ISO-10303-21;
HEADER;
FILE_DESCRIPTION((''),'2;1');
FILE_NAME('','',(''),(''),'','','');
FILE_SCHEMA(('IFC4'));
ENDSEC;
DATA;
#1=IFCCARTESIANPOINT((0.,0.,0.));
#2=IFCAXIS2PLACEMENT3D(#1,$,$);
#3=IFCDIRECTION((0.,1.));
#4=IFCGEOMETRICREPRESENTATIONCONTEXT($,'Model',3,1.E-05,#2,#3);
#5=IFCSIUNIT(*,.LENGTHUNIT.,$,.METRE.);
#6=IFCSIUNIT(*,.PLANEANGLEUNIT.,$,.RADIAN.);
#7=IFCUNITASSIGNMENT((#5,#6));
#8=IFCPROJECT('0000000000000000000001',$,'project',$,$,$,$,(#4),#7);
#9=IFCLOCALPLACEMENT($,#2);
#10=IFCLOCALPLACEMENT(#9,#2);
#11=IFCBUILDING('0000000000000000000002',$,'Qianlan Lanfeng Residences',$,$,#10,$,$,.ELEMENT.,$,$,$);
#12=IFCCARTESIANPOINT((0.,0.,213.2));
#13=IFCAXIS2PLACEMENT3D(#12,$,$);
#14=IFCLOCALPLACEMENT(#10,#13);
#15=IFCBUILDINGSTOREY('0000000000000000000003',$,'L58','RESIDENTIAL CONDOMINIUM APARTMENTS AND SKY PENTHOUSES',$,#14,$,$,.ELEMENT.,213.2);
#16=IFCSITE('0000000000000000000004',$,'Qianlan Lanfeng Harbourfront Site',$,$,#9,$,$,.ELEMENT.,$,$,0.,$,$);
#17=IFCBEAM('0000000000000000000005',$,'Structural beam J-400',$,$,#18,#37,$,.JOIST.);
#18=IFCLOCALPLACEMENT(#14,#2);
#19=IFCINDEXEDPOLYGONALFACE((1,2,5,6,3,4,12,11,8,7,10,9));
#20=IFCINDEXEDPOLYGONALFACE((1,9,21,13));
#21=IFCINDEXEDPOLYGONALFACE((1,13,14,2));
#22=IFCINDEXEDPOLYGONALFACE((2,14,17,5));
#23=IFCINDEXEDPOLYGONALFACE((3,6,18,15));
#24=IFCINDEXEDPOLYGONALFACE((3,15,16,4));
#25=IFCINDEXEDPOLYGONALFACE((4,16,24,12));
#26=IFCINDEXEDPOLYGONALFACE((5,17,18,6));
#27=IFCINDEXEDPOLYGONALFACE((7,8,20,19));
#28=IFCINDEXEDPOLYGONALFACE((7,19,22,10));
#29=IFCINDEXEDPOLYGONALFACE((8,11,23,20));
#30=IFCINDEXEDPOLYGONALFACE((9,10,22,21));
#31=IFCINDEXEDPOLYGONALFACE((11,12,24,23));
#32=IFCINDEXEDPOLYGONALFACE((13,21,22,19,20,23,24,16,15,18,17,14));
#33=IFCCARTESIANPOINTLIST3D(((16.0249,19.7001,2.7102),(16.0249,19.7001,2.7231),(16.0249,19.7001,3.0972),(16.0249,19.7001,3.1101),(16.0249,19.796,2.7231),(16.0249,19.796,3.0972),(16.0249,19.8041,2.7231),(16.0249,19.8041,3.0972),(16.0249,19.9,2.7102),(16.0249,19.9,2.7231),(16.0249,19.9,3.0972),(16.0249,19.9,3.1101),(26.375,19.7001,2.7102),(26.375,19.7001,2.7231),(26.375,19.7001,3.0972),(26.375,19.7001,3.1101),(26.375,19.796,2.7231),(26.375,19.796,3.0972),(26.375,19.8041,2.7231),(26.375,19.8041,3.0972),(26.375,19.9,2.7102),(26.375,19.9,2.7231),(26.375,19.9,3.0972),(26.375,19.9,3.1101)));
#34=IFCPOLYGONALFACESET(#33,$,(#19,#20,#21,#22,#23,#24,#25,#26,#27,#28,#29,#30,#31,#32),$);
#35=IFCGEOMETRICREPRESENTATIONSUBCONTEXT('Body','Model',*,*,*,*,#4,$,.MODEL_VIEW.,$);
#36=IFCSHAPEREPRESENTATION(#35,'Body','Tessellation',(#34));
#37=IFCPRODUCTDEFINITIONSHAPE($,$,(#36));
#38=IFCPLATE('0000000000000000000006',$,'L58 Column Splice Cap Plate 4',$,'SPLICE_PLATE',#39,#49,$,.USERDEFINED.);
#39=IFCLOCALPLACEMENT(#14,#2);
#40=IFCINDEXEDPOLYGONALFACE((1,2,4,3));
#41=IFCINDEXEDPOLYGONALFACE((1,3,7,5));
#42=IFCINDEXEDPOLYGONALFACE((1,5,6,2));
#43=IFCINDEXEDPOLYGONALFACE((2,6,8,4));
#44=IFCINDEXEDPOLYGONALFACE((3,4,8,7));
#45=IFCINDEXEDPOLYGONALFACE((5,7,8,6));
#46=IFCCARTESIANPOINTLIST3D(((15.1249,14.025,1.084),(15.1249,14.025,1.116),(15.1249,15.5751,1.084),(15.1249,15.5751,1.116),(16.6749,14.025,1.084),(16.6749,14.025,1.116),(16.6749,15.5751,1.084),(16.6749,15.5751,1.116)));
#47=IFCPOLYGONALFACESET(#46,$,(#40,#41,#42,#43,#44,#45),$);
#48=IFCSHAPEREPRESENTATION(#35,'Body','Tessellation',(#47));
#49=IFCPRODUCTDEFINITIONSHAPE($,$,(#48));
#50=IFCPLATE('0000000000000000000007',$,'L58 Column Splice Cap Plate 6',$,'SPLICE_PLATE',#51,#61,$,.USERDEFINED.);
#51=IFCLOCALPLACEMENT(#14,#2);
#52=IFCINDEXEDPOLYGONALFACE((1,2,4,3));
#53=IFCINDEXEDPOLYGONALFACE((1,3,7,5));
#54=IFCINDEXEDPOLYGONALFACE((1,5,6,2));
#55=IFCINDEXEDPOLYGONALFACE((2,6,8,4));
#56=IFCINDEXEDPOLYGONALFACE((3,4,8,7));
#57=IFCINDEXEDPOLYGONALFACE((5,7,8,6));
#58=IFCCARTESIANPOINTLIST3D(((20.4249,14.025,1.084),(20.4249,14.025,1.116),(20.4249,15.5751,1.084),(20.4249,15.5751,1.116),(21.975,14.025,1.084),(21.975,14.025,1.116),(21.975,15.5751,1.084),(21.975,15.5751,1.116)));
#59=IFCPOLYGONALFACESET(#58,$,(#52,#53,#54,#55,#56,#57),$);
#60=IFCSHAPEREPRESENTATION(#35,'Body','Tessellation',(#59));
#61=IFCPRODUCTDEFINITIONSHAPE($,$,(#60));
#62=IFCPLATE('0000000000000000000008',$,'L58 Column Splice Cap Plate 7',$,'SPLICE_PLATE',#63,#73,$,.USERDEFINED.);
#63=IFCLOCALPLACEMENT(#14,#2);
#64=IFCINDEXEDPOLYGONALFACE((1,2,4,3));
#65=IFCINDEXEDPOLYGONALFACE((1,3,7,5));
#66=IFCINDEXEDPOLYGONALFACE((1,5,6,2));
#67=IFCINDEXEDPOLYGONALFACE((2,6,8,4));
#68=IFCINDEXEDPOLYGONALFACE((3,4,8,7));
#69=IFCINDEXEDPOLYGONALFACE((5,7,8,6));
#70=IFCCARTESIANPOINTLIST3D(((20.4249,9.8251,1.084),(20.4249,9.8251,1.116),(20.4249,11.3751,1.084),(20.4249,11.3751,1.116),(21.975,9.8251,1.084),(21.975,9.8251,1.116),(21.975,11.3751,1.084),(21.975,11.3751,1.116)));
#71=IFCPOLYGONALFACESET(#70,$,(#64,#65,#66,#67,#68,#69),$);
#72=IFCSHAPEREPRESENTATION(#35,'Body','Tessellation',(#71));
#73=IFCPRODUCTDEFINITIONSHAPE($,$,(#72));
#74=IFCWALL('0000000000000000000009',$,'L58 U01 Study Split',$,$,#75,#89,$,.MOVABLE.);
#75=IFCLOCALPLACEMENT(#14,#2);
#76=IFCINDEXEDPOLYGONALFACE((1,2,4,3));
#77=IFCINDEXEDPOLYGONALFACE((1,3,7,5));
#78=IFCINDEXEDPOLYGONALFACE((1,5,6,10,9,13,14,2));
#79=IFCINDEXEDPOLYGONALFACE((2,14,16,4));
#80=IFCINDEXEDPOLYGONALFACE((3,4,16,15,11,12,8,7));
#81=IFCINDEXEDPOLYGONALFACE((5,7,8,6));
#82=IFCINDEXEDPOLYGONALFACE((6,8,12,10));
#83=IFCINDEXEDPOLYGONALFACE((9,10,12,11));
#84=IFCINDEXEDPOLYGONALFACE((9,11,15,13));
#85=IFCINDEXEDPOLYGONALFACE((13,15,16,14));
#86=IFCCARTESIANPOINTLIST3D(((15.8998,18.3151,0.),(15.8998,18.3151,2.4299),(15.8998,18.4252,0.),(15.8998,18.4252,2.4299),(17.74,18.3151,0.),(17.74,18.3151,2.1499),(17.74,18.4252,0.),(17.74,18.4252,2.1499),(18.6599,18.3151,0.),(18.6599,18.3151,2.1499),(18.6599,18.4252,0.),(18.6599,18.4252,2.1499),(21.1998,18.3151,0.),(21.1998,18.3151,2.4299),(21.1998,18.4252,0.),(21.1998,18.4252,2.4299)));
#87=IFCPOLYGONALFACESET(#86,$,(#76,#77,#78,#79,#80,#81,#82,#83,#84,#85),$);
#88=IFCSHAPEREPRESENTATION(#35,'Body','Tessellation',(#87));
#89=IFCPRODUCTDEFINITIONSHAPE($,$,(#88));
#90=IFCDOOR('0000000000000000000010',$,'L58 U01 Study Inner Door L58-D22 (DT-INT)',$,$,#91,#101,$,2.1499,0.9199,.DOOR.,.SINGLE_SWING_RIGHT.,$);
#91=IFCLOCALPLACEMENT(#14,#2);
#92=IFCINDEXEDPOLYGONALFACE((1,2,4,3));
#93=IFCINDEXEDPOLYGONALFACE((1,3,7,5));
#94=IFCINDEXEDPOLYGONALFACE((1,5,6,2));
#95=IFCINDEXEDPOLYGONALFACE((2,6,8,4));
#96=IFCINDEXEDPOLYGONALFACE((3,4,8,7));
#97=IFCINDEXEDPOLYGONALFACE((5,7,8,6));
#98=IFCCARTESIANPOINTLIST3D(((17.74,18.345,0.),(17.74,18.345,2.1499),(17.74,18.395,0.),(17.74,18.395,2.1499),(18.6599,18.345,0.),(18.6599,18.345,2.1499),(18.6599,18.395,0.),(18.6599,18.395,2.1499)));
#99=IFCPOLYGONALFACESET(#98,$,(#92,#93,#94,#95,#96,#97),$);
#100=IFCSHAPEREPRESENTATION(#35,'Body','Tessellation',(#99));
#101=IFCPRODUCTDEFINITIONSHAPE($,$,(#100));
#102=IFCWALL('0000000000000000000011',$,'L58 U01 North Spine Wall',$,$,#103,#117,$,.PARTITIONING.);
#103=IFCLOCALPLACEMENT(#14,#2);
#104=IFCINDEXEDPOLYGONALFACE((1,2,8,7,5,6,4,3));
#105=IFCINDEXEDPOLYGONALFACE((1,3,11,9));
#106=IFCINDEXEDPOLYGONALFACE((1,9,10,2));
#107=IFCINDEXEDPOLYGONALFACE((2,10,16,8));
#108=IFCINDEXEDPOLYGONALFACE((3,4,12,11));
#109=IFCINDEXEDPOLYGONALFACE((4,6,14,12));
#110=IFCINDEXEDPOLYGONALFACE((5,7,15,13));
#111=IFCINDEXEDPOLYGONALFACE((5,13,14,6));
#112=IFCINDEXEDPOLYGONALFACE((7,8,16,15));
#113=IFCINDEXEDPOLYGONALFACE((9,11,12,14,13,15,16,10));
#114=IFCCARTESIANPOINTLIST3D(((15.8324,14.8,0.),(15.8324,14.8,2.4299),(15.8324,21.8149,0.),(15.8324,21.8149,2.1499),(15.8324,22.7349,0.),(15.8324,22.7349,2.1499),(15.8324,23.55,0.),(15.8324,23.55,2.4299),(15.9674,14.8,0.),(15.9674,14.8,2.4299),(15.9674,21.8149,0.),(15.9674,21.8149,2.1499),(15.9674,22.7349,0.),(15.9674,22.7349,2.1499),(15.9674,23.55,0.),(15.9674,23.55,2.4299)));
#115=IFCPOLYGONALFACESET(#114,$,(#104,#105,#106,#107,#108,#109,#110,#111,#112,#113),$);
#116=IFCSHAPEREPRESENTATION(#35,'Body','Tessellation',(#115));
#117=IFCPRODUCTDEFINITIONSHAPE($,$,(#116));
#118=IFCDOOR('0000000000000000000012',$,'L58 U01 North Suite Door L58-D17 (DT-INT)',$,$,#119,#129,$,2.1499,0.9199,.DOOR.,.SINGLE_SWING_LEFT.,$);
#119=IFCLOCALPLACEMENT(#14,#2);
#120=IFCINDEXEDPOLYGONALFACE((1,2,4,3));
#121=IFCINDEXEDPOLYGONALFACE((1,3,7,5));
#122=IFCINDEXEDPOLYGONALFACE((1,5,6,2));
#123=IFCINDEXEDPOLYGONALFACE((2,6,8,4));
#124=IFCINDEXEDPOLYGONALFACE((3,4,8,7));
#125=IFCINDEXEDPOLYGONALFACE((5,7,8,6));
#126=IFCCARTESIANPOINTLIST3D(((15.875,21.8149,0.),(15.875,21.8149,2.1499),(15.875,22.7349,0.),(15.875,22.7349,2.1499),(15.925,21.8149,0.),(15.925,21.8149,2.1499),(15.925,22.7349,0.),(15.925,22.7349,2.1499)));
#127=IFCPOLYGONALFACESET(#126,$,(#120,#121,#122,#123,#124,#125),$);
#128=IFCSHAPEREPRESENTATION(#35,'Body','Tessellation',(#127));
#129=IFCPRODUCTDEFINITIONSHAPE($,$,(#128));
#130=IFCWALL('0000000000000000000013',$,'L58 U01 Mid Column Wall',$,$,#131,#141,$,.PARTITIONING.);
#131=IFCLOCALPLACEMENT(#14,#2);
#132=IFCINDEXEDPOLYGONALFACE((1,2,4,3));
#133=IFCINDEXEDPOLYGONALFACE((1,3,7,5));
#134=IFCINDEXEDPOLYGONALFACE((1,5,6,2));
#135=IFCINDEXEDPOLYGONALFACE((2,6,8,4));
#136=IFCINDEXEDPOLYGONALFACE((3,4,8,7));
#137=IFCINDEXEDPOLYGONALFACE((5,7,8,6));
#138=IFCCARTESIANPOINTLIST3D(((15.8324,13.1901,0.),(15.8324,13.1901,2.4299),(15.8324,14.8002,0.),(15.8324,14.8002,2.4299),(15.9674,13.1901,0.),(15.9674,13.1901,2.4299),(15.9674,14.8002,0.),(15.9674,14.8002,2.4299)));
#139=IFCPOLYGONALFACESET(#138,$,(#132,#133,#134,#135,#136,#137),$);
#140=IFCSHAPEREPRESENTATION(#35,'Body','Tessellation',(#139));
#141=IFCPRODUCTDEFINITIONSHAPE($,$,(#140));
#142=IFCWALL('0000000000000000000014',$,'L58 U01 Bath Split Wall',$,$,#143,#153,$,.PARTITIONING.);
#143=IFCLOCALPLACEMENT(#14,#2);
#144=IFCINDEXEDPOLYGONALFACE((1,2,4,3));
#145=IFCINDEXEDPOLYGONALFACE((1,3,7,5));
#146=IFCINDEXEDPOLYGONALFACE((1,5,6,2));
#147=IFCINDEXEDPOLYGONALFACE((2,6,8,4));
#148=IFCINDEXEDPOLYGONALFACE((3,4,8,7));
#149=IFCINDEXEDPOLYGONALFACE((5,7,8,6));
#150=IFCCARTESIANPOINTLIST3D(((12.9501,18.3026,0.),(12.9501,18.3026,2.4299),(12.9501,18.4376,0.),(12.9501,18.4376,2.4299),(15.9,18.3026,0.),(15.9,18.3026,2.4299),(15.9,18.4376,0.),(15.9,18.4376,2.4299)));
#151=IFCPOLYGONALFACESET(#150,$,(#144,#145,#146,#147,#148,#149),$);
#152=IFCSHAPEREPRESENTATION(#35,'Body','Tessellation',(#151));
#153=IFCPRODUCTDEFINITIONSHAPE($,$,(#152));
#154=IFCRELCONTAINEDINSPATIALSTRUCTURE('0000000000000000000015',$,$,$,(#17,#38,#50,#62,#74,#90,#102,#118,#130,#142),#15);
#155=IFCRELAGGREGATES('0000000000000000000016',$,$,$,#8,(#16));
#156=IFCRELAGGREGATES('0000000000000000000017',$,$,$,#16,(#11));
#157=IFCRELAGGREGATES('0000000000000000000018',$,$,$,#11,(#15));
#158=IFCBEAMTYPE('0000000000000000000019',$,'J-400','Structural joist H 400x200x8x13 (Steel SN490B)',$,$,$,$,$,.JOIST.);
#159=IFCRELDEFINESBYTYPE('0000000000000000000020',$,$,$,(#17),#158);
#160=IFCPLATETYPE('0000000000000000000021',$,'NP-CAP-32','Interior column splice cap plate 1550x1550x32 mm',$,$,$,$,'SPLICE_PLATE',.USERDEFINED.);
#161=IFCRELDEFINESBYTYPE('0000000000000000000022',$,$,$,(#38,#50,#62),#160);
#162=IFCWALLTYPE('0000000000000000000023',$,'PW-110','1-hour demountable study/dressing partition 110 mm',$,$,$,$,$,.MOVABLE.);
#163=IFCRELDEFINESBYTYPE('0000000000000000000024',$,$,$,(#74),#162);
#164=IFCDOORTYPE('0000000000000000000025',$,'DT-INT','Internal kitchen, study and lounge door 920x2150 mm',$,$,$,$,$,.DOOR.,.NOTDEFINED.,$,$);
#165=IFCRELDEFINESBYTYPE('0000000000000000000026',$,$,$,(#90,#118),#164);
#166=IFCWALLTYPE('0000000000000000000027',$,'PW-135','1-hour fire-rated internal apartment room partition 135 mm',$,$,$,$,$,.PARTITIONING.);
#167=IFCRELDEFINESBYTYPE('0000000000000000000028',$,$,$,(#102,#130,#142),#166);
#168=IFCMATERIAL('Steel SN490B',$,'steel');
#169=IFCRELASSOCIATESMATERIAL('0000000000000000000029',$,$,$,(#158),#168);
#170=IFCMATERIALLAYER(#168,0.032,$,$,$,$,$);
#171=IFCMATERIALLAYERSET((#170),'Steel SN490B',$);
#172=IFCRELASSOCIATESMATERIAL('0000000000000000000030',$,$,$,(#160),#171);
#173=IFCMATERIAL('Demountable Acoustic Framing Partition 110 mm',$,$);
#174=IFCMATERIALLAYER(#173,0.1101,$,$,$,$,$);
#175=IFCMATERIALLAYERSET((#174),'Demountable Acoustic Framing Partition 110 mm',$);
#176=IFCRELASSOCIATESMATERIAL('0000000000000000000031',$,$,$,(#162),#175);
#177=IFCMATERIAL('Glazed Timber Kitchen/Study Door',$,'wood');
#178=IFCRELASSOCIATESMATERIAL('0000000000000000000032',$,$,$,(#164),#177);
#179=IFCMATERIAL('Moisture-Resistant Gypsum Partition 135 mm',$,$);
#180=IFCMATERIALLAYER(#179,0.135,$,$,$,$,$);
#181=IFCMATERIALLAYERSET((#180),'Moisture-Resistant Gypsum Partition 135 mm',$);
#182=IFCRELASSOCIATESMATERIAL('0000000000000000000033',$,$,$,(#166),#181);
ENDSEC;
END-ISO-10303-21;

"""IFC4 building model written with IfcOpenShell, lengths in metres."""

from ifc_helpers import new_model, si_unit, direction, frame, frame_2d, origin, origin_2d, place, context, subcontext, project, spatial, rectangle, i_section, extrude, source, transform, mapped, material, layer, layer_set, material_profile, profile_set, type_object, element, fill, save


model = new_model("IFC4")

# Units and contexts
model_context = context("Model", 3, precision=1e-05, world=origin(), true_north=direction((0.0, 1.0)))
body_context = subcontext(model_context, "Body", "Model", "MODEL_VIEW")
ifc_project = project(units=[si_unit("LENGTHUNIT", "METRE"), si_unit("PLANEANGLEUNIT", "RADIAN")], contexts=[model_context])

# Site, building, storey
site_placement = place(None, origin())
site = spatial("IfcSite", under=ifc_project, at=site_placement, Name="Qianlan Lanfeng Harbourfront Site", CompositionType="ELEMENT", RefElevation=0.0)
building_placement = place(site_placement, origin())
building = spatial("IfcBuilding", under=site, at=building_placement, Name="Qianlan Lanfeng Residences", CompositionType="ELEMENT")
storey_placement = place(building_placement, frame((0.0, 0.0, 213.2)))
storey = spatial("IfcBuildingStorey", under=building, at=storey_placement, Name="L58", Description="RESIDENTIAL CONDOMINIUM APARTMENTS AND SKY PENTHOUSES", CompositionType="ELEMENT", Elevation=213.2)

# Shared definitions
ifc_material_1 = material(Name="Steel SN490B", Category="steel")

# Beam
ifc_material_profile_1 = material_profile(ifc_material_1, i_section(OverallWidth=0.2, OverallDepth=0.3999, WebThickness=0.0081, FlangeThickness=0.0129, at=origin_2d()), Name="H 400x200x8x13")
ifc_profile_set_1 = profile_set([ifc_material_profile_1], Name="Steel SN490B")
beam_type_1 = type_object("IfcBeamType", Name="J-400", Description="Structural joist H 400x200x8x13 (Steel SN490B)", PredefinedType="JOIST", material=ifc_profile_set_1)
beam_1_placement = place(storey_placement, frame((16.0249, 19.8, 2.9102), z_axis=(1.0, 0.0, 0.0), x_axis=(0.0, 1.0, 0.0)))
element("IfcBeam", 1, at=beam_1_placement, inside=storey, type_object=beam_type_1, Name="Structural beam J-400", PredefinedType="JOIST", context=body_context, shape_type="SweptSolid", body=[
    extrude(i_section(OverallWidth=0.2, OverallDepth=0.3999, WebThickness=0.0081, FlangeThickness=0.0129, at=origin_2d()), origin(), (0.0, 0.0, 1.0), 10.3501),
])

# Plates
ifc_layer_1 = layer(ifc_material_1, 0.032)
ifc_layer_set_1 = layer_set([ifc_layer_1], Name="Steel SN490B")
plate_type = type_object("IfcPlateType", Name="NP-CAP-32", Description="Interior column splice cap plate 1550x1550x32 mm", ElementType="SPLICE_PLATE", PredefinedType="USERDEFINED", material=ifc_layer_set_1)
shared_shape = source(origin(), body_context, "Body", "SweptSolid", [
    extrude(rectangle(XDim=1.55, YDim=1.55, at=origin_2d()), origin(), (0.0, 0.0, 1.0), 0.032),
])
for number, where, z_axis, x_axis, name in (
    (2, (15.8999, 14.8, 1.084), (0.0, 0.0, 1.0), (1.0, 0.0, 0.0), "L58 Column Splice Cap Plate 4"),
    (3, (21.2, 14.8, 1.084), (0.0, 0.0, 1.0), (1.0, 0.0, 0.0), "L58 Column Splice Cap Plate 6"),
    (4, (21.2, 10.6001, 1.084), (0.0, 0.0, 1.0), (1.0, 0.0, 0.0), "L58 Column Splice Cap Plate 7"),
):
    element("IfcPlate", number, at=place(storey_placement, frame(where, z_axis=z_axis, x_axis=x_axis)), inside=storey, type_object=plate_type, Name=name, ObjectType="SPLICE_PLATE", PredefinedType="USERDEFINED", context=body_context, shape_type="MappedRepresentation", body=[
        mapped(shared_shape, transform((0.0, 0.0, 0.0), scale=1.0)),
    ])

# Walls, openings, doors
ifc_material_2 = material(Name="Demountable Acoustic Framing Partition 110 mm")
ifc_layer_2 = layer(ifc_material_2, 0.1101)
ifc_layer_set_2 = layer_set([ifc_layer_2], Name="Demountable Acoustic Framing Partition 110 mm")
wall_type_1 = type_object("IfcWallType", Name="PW-110", Description="1-hour demountable study/dressing partition 110 mm", PredefinedType="MOVABLE", material=ifc_layer_set_2)
wall_1_placement = place(storey_placement, frame((15.8999, 18.3701, 0.0), z_axis=(0.0, 0.0, 1.0), x_axis=(1.0, 0.0, 0.0)))
wall_1 = element("IfcWall", 5, at=wall_1_placement, inside=storey, type_object=wall_type_1, Name="L58 U01 Study Split", PredefinedType="MOVABLE", context=body_context, shape_type="SweptSolid", body=[
    extrude(rectangle(XDim=5.3, YDim=0.1101, at=frame_2d((2.6499, 0.0))), origin(), (0.0, 0.0, 1.0), 2.4299),
])
opening_1_placement = place(wall_1_placement, frame((1.8401, 0.0, 0.0)))
opening_1 = element("IfcOpeningElement", 6, at=opening_1_placement, cuts=wall_1, PredefinedType="OPENING", context=body_context, shape_type="SweptSolid", body=[
    extrude(rectangle(XDim=0.9199, YDim=2.1499, at=frame_2d((0.46, 1.075))), frame((0.0, 0.0649, 0.0), z_axis=(0.0, -1.0, 0.0), x_axis=(1.0, 0.0, 0.0)), (0.0, 0.0, 1.0), 0.1301),
])
ifc_material_3 = material(Name="Glazed Timber Kitchen/Study Door", Category="wood")
door_type_1 = type_object("IfcDoorType", Name="DT-INT", Description="Internal kitchen, study and lounge door 920x2150 mm", OperationType="NOTDEFINED", PredefinedType="DOOR", material=ifc_material_3)
door_1_placement = place(opening_1_placement, origin())
door_1 = element("IfcDoor", 7, at=door_1_placement, inside=storey, type_object=door_type_1, Name="L58 U01 Study Inner Door L58-D22 (DT-INT)", OperationType="SINGLE_SWING_RIGHT", OverallHeight=2.1499, OverallWidth=0.9199, PredefinedType="DOOR", context=body_context, shape_type="SweptSolid", body=[
    extrude(rectangle(XDim=0.9199, YDim=2.1499, at=frame_2d((0.46, 1.075))), frame((0.0, 0.0249, 0.0), z_axis=(0.0, -1.0, 0.0), x_axis=(1.0, 0.0, 0.0)), (0.0, 0.0, 1.0), 0.05),
])
fill(opening_1, door_1)
ifc_material_4 = material(Name="Moisture-Resistant Gypsum Partition 135 mm")
ifc_layer_3 = layer(ifc_material_4, 0.135)
ifc_layer_set_3 = layer_set([ifc_layer_3], Name="Moisture-Resistant Gypsum Partition 135 mm")
wall_type_2 = type_object("IfcWallType", Name="PW-135", Description="1-hour fire-rated internal apartment room partition 135 mm", PredefinedType="PARTITIONING", material=ifc_layer_set_3)
wall_2_placement = place(storey_placement, frame((15.8999, 14.8, 0.0), z_axis=(0.0, 0.0, 1.0), x_axis=(0.0, 1.0, 0.0)))
wall_2 = element("IfcWall", 8, at=wall_2_placement, inside=storey, type_object=wall_type_2, Name="L58 U01 North Spine Wall", PredefinedType="PARTITIONING", context=body_context, shape_type="SweptSolid", body=[
    extrude(rectangle(XDim=8.75, YDim=0.135, at=frame_2d((4.375, 0.0))), origin(), (0.0, 0.0, 1.0), 2.4299),
])
opening_2_placement = place(wall_2_placement, frame((7.0149, 0.0, 0.0)))
opening_2 = element("IfcOpeningElement", 9, at=opening_2_placement, cuts=wall_2, PredefinedType="OPENING", context=body_context, shape_type="SweptSolid", body=[
    extrude(rectangle(XDim=0.9199, YDim=2.1499, at=frame_2d((0.46, 1.075))), frame((0.0, 0.0776, 0.0), z_axis=(0.0, -1.0, 0.0), x_axis=(1.0, 0.0, 0.0)), (0.0, 0.0, 1.0), 0.155),
])
door_2_placement = place(opening_2_placement, origin())
door_2 = element("IfcDoor", 10, at=door_2_placement, inside=storey, type_object=door_type_1, Name="L58 U01 North Suite Door L58-D17 (DT-INT)", OperationType="SINGLE_SWING_LEFT", OverallHeight=2.1499, OverallWidth=0.9199, PredefinedType="DOOR", context=body_context, shape_type="SweptSolid", body=[
    extrude(rectangle(XDim=0.9199, YDim=2.1499, at=frame_2d((0.46, 1.075))), frame((0.0, 0.0249, 0.0), z_axis=(0.0, -1.0, 0.0), x_axis=(1.0, 0.0, 0.0)), (0.0, 0.0, 1.0), 0.05),
])
fill(opening_2, door_2)

# Wall
wall_3_placement = place(storey_placement, frame((15.8999, 13.1899, 0.0), z_axis=(0.0, 0.0, 1.0), x_axis=(0.0, 1.0, 0.0)))
element("IfcWall", 11, at=wall_3_placement, inside=storey, type_object=wall_type_2, Name="L58 U01 Mid Column Wall", PredefinedType="PARTITIONING", context=body_context, shape_type="SweptSolid", body=[
    extrude(rectangle(XDim=1.6101, YDim=0.135, at=frame_2d((0.8052, 0.0))), origin(), (0.0, 0.0, 1.0), 2.4299),
])

# Wall
wall_4_placement = place(storey_placement, frame((12.95, 18.3701, 0.0), z_axis=(0.0, 0.0, 1.0), x_axis=(1.0, 0.0, 0.0)))
element("IfcWall", 12, at=wall_4_placement, inside=storey, type_object=wall_type_2, Name="L58 U01 Bath Split Wall", PredefinedType="PARTITIONING", context=body_context, shape_type="SweptSolid", body=[
    extrude(rectangle(XDim=2.95, YDim=0.135, at=frame_2d((1.4751, 0.0))), origin(), (0.0, 0.0, 1.0), 2.4299),
])

save(model, "model.ifc")
